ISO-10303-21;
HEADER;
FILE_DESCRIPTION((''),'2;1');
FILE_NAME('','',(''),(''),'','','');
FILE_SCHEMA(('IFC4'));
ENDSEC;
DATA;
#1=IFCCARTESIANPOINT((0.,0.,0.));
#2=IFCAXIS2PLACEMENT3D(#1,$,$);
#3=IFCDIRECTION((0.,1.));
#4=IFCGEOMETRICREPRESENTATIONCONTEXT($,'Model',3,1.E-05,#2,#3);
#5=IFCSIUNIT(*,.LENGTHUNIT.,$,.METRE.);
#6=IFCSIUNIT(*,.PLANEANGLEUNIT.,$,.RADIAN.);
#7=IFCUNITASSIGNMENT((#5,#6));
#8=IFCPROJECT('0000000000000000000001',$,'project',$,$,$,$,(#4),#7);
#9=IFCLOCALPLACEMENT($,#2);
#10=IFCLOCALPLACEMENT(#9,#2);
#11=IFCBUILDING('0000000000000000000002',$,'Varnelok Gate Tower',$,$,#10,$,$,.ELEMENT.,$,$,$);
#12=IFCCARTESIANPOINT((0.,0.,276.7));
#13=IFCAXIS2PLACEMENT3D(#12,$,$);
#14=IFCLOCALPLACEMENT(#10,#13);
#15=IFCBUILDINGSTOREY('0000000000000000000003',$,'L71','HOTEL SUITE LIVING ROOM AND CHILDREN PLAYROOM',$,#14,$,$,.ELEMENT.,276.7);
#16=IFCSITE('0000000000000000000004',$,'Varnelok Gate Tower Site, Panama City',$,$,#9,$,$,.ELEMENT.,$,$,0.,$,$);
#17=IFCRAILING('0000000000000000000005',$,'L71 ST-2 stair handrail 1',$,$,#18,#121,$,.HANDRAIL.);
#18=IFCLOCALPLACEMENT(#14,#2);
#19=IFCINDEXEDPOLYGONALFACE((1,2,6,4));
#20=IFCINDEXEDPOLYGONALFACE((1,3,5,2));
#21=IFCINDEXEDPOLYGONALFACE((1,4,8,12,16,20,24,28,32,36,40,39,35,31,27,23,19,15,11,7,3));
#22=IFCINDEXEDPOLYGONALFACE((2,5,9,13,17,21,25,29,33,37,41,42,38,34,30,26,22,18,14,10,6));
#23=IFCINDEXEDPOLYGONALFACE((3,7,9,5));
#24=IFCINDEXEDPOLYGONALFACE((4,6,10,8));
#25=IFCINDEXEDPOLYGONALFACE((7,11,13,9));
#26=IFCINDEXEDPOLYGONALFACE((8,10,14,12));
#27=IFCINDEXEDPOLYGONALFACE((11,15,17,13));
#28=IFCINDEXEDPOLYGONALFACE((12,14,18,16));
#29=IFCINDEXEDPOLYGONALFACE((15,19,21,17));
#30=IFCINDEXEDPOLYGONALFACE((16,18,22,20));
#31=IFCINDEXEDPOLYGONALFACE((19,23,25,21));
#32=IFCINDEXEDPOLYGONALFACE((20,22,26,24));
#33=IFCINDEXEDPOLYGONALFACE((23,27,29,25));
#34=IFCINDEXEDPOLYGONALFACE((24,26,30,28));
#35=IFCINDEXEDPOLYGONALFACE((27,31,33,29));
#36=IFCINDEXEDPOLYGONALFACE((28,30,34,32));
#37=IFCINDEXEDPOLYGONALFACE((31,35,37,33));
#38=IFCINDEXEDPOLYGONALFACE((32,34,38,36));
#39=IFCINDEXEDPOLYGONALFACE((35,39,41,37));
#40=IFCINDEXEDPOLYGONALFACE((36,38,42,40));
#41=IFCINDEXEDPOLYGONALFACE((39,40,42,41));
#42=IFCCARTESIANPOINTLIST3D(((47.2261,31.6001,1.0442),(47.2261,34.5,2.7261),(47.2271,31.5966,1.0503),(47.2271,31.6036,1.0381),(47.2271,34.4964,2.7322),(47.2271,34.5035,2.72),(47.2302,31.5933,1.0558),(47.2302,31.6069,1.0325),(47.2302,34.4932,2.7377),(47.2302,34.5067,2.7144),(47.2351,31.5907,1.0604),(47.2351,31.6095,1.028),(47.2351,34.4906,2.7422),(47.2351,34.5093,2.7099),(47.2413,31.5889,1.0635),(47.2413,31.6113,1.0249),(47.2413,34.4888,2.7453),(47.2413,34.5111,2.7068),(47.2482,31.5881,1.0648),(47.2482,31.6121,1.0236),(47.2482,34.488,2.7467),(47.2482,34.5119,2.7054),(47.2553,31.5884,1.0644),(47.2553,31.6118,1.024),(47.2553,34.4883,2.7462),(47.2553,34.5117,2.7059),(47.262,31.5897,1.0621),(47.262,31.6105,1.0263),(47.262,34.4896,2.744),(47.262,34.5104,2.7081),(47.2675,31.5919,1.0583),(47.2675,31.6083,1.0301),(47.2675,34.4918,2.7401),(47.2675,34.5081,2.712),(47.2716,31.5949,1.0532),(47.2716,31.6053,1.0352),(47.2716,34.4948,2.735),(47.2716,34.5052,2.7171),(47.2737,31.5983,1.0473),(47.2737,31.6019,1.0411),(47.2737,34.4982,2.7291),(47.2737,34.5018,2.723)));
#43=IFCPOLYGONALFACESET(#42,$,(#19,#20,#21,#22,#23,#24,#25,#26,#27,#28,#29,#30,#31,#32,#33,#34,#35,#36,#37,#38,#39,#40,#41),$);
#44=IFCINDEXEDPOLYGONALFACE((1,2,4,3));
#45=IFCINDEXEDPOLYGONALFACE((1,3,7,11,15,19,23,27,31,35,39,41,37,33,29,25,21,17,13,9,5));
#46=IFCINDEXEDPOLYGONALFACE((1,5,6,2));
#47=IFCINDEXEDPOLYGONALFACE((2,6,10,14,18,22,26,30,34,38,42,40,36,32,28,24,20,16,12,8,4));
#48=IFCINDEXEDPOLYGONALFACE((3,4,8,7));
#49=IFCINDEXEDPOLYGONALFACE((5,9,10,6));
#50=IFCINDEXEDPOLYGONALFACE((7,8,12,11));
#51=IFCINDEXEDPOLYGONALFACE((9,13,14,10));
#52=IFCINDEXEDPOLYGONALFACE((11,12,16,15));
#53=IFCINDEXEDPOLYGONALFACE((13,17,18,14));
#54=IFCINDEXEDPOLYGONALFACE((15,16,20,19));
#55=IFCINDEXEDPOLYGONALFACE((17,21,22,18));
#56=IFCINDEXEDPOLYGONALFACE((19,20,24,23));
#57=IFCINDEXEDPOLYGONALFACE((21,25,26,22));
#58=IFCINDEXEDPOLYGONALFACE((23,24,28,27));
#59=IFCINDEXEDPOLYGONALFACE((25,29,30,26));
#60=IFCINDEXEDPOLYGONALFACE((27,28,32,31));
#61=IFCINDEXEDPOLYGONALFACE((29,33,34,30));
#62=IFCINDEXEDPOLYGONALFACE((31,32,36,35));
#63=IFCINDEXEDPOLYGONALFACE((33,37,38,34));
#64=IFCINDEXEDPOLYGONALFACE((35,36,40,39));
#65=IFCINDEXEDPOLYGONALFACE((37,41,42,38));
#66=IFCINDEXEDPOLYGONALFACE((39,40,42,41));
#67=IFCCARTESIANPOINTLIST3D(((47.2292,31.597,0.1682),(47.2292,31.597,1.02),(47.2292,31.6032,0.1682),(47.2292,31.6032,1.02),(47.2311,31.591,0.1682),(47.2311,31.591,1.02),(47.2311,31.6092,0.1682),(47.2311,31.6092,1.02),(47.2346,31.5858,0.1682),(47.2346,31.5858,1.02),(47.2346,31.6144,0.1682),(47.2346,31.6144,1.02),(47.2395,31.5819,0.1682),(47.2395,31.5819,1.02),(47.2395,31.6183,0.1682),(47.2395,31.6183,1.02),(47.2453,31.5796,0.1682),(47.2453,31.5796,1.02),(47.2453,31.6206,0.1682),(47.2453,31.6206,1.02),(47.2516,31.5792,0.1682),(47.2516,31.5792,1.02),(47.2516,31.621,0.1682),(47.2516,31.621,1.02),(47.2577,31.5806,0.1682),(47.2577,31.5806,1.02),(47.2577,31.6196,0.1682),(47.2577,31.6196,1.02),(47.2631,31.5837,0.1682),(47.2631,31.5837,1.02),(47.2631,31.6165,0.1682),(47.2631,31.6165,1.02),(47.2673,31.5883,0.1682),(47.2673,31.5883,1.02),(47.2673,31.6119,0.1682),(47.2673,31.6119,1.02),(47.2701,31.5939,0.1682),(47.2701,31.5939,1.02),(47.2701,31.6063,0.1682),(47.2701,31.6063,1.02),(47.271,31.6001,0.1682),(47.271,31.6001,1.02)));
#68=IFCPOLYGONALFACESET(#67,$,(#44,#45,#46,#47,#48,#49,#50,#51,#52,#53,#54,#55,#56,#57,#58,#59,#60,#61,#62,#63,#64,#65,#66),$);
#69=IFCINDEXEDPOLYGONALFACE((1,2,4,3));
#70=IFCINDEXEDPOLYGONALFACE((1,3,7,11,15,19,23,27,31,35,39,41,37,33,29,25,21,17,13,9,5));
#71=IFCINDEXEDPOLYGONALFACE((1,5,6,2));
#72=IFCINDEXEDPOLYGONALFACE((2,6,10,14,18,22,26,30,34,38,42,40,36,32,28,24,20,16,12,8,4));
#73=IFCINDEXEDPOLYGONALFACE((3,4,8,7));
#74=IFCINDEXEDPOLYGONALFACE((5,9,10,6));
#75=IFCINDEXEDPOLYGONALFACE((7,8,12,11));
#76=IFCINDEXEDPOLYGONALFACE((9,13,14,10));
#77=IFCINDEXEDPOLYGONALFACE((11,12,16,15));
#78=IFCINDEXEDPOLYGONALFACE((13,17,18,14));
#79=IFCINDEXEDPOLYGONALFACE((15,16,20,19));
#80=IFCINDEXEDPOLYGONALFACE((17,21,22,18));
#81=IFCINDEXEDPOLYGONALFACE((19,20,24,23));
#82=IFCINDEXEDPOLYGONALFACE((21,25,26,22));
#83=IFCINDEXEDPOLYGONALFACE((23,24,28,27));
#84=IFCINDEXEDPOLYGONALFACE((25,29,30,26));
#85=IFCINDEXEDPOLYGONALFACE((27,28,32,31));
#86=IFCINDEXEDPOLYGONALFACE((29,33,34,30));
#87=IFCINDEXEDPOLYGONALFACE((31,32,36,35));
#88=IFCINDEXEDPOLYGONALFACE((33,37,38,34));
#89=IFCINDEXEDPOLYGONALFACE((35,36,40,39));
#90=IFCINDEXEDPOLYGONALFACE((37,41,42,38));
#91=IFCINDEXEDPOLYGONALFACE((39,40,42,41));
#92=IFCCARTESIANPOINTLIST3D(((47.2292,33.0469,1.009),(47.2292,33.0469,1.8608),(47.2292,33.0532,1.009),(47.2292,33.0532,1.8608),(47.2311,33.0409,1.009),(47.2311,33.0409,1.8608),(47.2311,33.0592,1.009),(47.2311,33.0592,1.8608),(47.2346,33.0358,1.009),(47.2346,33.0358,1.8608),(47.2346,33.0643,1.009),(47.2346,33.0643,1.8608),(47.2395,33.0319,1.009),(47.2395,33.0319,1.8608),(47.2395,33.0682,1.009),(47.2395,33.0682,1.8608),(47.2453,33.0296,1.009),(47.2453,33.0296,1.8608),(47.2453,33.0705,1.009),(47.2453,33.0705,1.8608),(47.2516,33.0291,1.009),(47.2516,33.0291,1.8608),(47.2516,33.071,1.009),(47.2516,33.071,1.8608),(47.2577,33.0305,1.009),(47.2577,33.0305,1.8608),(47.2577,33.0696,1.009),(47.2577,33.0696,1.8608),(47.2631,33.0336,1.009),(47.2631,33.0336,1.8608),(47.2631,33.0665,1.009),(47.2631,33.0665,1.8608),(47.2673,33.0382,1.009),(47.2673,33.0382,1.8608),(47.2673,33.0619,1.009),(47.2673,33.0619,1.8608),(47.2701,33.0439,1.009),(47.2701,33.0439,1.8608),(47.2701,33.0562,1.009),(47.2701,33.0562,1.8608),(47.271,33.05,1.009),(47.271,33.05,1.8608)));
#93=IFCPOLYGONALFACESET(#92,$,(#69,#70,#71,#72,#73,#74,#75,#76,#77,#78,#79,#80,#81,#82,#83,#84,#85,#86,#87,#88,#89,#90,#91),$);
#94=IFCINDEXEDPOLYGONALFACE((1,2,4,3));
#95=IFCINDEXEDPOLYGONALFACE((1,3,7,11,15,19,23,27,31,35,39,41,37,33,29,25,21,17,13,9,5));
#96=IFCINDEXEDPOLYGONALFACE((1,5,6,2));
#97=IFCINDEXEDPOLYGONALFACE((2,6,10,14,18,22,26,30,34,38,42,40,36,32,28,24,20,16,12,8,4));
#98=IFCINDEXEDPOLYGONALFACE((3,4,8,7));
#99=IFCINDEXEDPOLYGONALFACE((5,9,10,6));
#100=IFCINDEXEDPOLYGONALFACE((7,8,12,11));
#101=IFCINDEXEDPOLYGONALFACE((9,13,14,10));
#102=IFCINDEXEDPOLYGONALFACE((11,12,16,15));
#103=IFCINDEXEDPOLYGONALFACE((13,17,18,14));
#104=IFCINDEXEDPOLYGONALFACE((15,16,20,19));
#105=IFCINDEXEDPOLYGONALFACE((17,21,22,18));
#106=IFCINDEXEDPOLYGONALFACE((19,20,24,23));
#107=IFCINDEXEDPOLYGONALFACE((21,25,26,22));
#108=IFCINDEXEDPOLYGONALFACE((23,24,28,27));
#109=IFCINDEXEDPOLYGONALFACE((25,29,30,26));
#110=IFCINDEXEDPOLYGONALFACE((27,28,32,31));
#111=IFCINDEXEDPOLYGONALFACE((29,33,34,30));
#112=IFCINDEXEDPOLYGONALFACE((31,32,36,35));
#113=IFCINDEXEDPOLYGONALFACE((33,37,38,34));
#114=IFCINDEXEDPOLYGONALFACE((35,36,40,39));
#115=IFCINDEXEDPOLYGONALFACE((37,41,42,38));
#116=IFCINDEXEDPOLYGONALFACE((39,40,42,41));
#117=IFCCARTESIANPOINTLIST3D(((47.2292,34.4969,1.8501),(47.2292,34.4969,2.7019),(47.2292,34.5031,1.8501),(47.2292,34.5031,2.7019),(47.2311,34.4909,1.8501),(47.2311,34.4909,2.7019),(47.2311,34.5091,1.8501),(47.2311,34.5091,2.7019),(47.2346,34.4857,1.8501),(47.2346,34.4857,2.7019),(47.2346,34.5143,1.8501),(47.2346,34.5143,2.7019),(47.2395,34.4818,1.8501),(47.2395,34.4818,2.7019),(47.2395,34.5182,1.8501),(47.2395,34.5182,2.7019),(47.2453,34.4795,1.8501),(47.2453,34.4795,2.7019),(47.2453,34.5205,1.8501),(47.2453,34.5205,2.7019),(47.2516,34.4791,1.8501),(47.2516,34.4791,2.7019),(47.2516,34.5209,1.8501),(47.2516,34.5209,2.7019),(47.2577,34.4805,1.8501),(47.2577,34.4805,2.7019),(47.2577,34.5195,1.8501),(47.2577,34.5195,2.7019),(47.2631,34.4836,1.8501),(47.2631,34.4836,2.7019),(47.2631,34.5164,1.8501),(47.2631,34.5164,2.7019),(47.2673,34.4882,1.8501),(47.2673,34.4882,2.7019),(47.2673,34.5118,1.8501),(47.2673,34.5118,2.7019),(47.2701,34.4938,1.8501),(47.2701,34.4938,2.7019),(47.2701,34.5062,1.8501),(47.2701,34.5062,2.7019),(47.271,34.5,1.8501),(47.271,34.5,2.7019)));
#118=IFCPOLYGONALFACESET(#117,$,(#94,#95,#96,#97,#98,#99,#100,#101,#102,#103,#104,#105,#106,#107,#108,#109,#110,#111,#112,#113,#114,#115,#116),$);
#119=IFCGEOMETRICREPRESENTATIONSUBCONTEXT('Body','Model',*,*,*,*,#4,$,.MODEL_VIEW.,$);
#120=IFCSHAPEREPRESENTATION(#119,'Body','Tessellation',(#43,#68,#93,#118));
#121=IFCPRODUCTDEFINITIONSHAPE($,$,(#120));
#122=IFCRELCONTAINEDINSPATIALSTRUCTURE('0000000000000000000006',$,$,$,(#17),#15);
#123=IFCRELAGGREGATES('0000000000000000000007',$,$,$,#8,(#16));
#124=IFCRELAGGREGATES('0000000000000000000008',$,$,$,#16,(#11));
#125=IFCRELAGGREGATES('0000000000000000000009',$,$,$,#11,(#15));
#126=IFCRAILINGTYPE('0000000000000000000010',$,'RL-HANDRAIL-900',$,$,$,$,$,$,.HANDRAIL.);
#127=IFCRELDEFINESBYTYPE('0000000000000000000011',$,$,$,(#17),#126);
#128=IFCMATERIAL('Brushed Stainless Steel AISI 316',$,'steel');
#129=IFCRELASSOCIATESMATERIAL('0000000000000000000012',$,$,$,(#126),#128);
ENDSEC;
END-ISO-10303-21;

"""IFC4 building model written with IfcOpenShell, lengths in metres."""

from ifc_helpers import new_model, si_unit, direction, frame, origin, origin_2d, place, context, subcontext, project, spatial, circle, extrude, material, type_object, element, save


model = new_model("IFC4")

# Units and contexts
model_context = context("Model", 3, precision=1e-05, world=origin(), true_north=direction((0.0, 1.0)))
body_context = subcontext(model_context, "Body", "Model", "MODEL_VIEW")
ifc_project = project(units=[si_unit("LENGTHUNIT", "METRE"), si_unit("PLANEANGLEUNIT", "RADIAN")], contexts=[model_context])

# Site, building, storey
site_placement = place(None, origin())
site = spatial("IfcSite", under=ifc_project, at=site_placement, Name="Varnelok Gate Tower Site, Panama City", CompositionType="ELEMENT", RefElevation=0.0)
building_placement = place(site_placement, origin())
building = spatial("IfcBuilding", under=site, at=building_placement, Name="Varnelok Gate Tower", CompositionType="ELEMENT")
storey_placement = place(building_placement, frame((0.0, 0.0, 276.7)))
storey = spatial("IfcBuildingStorey", under=building, at=storey_placement, Name="L71", Description="HOTEL SUITE LIVING ROOM AND CHILDREN PLAYROOM", CompositionType="ELEMENT", Elevation=276.7)

# Railing
ifc_material_1 = material(Name="Brushed Stainless Steel AISI 316", Category="steel")
railing_type_1 = type_object("IfcRailingType", Name="RL-HANDRAIL-900", PredefinedType="HANDRAIL", material=ifc_material_1)
railing_1_placement = place(storey_placement, frame((47.25, 31.6001, 0.1682)))
element("IfcRailing", 1, at=railing_1_placement, inside=storey, type_object=railing_type_1, Name="L71 ST-2 stair handrail 1", PredefinedType="HANDRAIL", context=body_context, shape_type="SweptSolid", body=[
    extrude(circle(Radius=0.0239, at=origin_2d()), frame((0.0, 0.0, 0.876), z_axis=(0.0, 0.865039, 0.501705), x_axis=(-1.0, 0.0, 0.0)), (0.0, 0.0, 1.0), 3.3523),
    extrude(circle(Radius=0.021, at=origin_2d()), origin(), (0.0, 0.0, 1.0), 0.8518),
    extrude(circle(Radius=0.021, at=origin_2d()), frame((0.0, 1.45, 0.8408)), (0.0, 0.0, 1.0), 0.8518),
    extrude(circle(Radius=0.021, at=origin_2d()), frame((0.0, 2.8999, 1.6819)), (0.0, 0.0, 1.0), 0.8518),
])

save(model, "model.ifc")
